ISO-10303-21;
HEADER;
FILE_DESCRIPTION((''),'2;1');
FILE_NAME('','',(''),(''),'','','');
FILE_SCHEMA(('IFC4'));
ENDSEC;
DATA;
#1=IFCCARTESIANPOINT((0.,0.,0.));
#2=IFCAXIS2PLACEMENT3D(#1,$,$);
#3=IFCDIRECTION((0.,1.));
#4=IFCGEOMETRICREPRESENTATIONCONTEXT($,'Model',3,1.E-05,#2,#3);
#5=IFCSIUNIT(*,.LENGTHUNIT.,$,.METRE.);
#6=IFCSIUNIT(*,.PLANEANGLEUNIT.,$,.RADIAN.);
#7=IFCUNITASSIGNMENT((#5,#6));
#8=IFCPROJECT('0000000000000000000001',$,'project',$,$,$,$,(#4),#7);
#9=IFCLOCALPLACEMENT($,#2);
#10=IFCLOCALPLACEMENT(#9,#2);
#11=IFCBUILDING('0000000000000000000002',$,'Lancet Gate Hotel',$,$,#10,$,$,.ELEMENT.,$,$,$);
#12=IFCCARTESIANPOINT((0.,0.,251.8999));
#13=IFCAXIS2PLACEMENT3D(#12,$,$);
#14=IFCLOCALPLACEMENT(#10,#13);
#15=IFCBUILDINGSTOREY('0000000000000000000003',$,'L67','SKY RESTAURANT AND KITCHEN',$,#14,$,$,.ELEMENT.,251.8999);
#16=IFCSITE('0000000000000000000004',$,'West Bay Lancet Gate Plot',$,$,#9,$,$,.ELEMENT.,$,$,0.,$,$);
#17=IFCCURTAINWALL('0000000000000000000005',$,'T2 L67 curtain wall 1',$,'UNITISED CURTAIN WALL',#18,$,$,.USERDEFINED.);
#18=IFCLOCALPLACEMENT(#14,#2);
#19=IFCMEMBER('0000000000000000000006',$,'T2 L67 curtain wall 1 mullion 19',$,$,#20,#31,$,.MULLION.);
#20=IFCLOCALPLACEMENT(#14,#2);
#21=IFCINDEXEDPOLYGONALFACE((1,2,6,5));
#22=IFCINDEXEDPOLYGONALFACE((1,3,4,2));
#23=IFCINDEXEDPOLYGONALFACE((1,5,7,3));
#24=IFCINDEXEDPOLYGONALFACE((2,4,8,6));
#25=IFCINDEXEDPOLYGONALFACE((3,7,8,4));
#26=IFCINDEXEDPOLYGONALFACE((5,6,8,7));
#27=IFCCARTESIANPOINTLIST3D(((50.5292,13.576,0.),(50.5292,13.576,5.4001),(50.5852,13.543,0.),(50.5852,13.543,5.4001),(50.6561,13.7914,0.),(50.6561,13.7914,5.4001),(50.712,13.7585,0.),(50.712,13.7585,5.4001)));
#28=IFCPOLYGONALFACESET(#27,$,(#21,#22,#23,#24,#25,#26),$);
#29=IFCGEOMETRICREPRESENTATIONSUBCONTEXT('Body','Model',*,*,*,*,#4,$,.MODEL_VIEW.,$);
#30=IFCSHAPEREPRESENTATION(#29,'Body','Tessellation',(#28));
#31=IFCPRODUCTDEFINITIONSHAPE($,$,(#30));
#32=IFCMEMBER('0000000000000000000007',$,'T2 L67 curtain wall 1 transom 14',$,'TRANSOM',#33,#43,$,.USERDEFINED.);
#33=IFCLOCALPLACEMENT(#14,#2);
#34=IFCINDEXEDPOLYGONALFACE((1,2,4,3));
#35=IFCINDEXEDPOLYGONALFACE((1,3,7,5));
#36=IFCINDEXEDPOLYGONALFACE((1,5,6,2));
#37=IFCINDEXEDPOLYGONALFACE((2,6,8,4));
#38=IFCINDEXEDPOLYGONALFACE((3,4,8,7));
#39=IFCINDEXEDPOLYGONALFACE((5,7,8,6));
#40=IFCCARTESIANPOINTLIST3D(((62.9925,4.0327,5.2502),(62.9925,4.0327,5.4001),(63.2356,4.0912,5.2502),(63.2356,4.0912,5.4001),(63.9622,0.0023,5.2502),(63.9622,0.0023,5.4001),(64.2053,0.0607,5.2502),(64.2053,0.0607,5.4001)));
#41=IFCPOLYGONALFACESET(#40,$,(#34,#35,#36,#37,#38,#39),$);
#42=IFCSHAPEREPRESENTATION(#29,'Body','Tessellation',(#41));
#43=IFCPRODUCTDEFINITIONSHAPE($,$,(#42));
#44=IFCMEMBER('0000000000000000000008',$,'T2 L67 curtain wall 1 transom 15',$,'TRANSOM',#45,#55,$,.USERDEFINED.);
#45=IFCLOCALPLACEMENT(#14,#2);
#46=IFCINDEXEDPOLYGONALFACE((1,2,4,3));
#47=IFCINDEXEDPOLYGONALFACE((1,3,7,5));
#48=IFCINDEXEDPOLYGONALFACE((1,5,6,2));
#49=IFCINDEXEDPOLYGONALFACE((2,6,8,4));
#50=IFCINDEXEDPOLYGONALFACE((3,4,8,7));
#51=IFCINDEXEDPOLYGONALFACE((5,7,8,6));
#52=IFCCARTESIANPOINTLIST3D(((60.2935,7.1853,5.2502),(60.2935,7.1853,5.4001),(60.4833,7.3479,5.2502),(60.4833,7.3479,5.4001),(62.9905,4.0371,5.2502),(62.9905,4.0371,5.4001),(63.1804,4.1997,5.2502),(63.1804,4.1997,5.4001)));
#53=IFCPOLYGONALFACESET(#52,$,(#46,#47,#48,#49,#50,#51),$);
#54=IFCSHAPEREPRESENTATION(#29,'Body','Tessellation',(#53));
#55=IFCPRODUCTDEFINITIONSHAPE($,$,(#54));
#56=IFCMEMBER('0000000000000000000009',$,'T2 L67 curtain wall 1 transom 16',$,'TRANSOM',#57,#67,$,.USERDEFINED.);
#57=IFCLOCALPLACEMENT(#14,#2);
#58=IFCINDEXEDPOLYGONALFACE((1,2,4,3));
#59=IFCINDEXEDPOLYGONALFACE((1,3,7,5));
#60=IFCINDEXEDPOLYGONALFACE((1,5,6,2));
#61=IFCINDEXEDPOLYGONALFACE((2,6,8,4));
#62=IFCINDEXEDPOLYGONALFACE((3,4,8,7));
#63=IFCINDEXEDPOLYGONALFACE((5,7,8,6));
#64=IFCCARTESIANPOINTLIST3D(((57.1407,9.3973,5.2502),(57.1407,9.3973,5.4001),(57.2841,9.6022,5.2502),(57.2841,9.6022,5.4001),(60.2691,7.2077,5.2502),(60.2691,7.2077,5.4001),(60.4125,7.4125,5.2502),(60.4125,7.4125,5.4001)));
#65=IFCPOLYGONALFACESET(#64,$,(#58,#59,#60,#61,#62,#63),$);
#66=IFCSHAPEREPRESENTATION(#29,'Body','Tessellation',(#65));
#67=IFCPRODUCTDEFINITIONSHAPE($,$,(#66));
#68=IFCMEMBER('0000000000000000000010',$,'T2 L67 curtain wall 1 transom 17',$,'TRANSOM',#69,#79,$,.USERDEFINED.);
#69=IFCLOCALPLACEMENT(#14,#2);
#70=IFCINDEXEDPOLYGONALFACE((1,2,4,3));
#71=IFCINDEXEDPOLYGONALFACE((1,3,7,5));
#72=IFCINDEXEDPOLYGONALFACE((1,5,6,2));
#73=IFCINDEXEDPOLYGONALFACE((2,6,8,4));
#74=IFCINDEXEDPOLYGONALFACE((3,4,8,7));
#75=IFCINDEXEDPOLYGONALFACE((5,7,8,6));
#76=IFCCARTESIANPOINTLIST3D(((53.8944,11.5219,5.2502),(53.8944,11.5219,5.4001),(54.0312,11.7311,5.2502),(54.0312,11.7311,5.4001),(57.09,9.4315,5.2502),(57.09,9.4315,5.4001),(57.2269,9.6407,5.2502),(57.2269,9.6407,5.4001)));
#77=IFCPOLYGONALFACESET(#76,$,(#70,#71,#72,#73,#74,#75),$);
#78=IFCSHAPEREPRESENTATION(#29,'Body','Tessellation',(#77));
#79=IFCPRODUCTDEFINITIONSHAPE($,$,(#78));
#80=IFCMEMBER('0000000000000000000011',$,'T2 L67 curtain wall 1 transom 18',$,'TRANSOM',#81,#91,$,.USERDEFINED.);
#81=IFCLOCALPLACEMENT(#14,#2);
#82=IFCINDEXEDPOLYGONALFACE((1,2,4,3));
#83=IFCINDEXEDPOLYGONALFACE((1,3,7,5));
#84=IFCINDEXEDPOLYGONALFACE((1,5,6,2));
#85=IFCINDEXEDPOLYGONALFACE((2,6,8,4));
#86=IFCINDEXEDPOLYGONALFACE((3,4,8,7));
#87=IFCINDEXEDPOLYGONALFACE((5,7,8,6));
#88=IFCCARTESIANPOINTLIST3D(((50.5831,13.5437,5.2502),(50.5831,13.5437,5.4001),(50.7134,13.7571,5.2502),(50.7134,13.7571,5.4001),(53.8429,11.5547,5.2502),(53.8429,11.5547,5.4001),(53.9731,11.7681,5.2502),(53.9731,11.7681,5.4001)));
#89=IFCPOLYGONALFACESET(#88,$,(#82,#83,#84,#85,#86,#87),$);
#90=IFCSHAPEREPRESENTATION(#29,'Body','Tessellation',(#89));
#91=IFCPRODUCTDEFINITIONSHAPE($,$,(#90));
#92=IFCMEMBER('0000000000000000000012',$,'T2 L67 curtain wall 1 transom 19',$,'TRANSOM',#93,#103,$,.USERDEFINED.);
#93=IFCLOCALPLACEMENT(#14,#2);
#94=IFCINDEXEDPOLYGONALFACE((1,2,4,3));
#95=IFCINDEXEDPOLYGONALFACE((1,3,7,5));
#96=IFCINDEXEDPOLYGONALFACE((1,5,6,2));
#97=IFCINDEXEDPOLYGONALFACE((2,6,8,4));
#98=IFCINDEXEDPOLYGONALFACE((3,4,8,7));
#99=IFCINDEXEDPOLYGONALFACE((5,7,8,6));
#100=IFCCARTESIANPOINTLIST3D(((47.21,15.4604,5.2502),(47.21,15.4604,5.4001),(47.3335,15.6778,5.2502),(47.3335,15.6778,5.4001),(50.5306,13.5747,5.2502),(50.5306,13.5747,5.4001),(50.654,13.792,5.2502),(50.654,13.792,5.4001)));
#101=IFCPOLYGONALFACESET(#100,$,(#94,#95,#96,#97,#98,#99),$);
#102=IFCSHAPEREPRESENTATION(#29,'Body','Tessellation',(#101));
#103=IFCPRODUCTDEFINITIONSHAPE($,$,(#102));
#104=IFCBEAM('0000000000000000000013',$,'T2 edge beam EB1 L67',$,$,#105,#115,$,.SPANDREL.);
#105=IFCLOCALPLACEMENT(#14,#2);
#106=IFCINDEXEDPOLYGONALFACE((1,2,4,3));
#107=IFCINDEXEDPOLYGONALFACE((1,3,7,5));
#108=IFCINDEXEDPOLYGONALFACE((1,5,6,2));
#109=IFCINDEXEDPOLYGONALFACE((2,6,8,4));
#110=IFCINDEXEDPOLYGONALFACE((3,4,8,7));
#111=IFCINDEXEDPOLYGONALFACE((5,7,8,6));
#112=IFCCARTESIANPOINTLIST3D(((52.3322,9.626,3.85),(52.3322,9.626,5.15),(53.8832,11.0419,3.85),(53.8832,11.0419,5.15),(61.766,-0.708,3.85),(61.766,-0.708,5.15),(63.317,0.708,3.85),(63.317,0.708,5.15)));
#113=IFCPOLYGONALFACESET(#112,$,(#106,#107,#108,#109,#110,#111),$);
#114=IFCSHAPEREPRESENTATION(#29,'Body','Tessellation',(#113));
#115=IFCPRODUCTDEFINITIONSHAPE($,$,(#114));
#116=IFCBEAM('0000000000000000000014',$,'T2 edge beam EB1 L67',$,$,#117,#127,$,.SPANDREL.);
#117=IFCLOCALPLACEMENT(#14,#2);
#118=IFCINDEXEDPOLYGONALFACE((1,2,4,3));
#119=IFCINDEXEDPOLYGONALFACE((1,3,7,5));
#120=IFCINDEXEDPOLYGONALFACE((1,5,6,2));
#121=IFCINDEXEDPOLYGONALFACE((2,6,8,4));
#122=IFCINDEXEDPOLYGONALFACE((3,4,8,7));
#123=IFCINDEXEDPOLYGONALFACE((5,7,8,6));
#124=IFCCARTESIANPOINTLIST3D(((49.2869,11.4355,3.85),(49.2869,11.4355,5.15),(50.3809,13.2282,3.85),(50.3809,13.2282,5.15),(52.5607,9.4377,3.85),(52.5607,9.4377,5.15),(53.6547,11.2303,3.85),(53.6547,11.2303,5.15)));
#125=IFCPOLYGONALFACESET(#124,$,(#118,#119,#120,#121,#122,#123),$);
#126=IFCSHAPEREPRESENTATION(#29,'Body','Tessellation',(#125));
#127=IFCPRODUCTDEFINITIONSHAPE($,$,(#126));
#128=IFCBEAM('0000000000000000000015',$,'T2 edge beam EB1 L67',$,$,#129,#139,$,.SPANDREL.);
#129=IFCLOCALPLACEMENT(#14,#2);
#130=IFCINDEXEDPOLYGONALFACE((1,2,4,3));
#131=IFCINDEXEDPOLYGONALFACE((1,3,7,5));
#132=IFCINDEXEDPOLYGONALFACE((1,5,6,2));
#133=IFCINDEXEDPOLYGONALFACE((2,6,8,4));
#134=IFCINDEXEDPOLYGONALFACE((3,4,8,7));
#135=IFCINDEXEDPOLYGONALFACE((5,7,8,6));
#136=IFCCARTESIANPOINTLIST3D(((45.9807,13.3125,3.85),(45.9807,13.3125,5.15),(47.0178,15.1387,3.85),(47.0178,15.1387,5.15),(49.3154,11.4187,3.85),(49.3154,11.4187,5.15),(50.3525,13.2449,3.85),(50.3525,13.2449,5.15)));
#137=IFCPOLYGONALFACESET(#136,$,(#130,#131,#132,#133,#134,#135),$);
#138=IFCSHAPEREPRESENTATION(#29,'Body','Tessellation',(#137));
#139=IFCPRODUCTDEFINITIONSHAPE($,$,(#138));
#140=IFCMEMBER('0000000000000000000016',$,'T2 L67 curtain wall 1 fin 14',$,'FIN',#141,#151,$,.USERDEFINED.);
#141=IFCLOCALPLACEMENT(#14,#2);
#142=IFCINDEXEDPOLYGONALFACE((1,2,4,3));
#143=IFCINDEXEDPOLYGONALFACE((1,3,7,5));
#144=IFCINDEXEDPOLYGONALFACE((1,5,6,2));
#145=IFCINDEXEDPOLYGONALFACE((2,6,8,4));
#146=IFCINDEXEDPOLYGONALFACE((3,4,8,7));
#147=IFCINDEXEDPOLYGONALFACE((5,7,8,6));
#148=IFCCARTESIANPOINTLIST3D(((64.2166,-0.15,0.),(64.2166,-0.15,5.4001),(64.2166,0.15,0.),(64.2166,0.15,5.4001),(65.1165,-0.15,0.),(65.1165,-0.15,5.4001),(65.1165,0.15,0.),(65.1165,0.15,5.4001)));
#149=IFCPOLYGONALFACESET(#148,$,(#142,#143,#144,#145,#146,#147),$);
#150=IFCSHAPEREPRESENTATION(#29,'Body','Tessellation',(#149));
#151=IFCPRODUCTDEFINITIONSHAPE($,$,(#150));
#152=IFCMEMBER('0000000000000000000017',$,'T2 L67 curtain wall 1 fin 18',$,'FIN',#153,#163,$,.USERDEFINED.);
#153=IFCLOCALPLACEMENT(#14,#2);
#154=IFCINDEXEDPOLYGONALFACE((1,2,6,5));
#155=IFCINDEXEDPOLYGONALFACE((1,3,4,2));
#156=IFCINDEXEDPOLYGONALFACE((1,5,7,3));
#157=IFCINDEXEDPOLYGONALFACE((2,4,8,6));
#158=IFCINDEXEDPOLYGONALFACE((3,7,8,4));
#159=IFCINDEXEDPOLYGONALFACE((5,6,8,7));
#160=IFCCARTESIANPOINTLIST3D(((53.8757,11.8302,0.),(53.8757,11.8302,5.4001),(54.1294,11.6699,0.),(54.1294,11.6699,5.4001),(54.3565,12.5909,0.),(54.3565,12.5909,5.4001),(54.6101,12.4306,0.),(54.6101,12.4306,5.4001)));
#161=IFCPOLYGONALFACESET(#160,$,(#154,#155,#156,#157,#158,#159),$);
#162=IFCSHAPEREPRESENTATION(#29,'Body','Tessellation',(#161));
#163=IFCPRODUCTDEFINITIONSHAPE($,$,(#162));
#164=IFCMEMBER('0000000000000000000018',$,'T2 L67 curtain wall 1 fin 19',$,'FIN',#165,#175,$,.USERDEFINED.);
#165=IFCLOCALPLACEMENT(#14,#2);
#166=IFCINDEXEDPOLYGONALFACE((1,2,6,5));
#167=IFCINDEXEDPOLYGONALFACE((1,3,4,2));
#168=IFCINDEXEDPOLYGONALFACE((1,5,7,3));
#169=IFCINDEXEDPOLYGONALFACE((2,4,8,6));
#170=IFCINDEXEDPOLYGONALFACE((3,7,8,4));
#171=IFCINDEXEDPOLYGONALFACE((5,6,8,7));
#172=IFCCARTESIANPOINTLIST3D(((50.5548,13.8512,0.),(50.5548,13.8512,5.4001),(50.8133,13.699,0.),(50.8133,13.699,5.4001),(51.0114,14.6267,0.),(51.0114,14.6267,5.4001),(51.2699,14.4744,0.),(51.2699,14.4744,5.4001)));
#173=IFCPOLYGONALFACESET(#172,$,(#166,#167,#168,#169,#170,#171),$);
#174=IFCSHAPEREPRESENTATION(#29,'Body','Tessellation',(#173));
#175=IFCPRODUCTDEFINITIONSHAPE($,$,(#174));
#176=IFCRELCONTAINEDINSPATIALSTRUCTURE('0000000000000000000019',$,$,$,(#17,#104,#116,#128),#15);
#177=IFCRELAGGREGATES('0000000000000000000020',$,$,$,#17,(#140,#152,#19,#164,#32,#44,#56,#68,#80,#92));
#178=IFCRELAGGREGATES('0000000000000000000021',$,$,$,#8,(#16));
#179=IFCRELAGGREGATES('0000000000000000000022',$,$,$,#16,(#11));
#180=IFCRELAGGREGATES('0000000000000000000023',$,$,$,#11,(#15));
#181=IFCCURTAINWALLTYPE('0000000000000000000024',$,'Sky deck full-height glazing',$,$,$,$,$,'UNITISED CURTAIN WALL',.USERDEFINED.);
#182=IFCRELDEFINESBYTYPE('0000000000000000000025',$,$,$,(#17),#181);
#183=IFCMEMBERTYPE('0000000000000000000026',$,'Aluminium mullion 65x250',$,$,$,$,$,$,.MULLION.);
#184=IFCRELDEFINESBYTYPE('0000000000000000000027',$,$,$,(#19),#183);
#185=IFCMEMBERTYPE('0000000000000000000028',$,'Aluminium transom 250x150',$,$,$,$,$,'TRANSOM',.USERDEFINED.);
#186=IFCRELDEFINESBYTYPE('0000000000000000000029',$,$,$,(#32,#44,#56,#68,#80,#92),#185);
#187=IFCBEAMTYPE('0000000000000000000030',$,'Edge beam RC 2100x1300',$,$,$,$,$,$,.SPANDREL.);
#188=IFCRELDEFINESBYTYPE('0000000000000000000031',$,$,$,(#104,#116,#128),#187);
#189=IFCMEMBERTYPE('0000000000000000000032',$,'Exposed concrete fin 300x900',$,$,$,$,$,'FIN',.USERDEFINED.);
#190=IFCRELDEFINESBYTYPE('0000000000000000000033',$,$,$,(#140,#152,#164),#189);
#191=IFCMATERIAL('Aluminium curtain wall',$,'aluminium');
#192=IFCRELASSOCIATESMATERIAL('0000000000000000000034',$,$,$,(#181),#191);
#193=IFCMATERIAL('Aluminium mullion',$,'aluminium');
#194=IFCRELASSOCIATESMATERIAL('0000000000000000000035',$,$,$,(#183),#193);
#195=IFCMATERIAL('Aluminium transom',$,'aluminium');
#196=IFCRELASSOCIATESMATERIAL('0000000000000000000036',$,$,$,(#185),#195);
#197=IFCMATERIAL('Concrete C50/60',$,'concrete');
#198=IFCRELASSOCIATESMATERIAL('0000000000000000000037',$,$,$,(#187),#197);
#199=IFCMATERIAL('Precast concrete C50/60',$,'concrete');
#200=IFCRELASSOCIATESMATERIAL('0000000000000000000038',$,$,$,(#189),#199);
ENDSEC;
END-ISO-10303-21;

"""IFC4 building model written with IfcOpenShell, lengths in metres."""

from ifc_helpers import new_model, si_unit, direction, frame, origin, origin_2d, place, context, subcontext, project, spatial, rectangle, extrude, material, material_profile, profile_set, type_object, element, aggregate, save


model = new_model("IFC4")

# Units and contexts
model_context = context("Model", 3, precision=1e-05, world=origin(), true_north=direction((0.0, 1.0)))
body_context = subcontext(model_context, "Body", "Model", "MODEL_VIEW")
ifc_project = project(units=[si_unit("LENGTHUNIT", "METRE"), si_unit("PLANEANGLEUNIT", "RADIAN")], contexts=[model_context])

# Site, building, storey
site_placement = place(None, origin())
site = spatial("IfcSite", under=ifc_project, at=site_placement, Name="West Bay Lancet Gate Plot", CompositionType="ELEMENT", RefElevation=0.0)
building_placement = place(site_placement, origin())
building = spatial("IfcBuilding", under=site, at=building_placement, Name="Lancet Gate Hotel", CompositionType="ELEMENT")
storey_placement = place(building_placement, frame((0.0, 0.0, 251.8999)))
storey = spatial("IfcBuildingStorey", under=building, at=storey_placement, Name="L67", Description="SKY RESTAURANT AND KITCHEN", CompositionType="ELEMENT", Elevation=251.8999)

# Curtain wall, members
ifc_material_1 = material(Name="Aluminium curtain wall", Category="aluminium")
curtain_wall_type = type_object("IfcCurtainWallType", Name="Sky deck full-height glazing", ElementType="UNITISED CURTAIN WALL", PredefinedType="USERDEFINED", material=ifc_material_1)
curtain_wall_placement = place(storey_placement, origin())
curtain_wall = element("IfcCurtainWall", 1, at=curtain_wall_placement, inside=storey, type_object=curtain_wall_type, Name="T2 L67 curtain wall 1", ObjectType="UNITISED CURTAIN WALL", PredefinedType="USERDEFINED")
ifc_material_2 = material(Name="Aluminium mullion", Category="aluminium")
ifc_material_profile_1 = material_profile(ifc_material_2, rectangle(XDim=0.0649, YDim=0.25, at=origin_2d()), Name="MULLION 65x250")
ifc_profile_set_1 = profile_set([ifc_material_profile_1], Name="Aluminium mullion")
member_type_1 = type_object("IfcMemberType", Name="Aluminium mullion 65x250", PredefinedType="MULLION", material=ifc_profile_set_1)
member_1_placement = place(storey_placement, frame((50.6206, 13.6672, 0.0), z_axis=(0.0, 0.0, 1.0), x_axis=(-0.861692, 0.507432, 0.0)))
member_1 = element("IfcMember", 2, at=member_1_placement, type_object=member_type_1, Name="T2 L67 curtain wall 1 mullion 19", PredefinedType="MULLION", context=body_context, shape_type="SweptSolid", body=[
    extrude(rectangle(XDim=0.0649, YDim=0.25, at=origin_2d()), origin(), (0.0, 0.0, 1.0), 5.4001),
])
ifc_material_3 = material(Name="Aluminium transom", Category="aluminium")
ifc_material_profile_2 = material_profile(ifc_material_3, rectangle(XDim=0.25, YDim=0.1499, at=origin_2d()), Name="TRANSOM 250x150")
ifc_profile_set_2 = profile_set([ifc_material_profile_2], Name="Aluminium transom")
member_type_2 = type_object("IfcMemberType", Name="Aluminium transom 250x150", ElementType="TRANSOM", PredefinedType="USERDEFINED", material=ifc_profile_set_2)
member_2_placement = place(storey_placement, frame((64.0837, 0.0315, 5.3252), z_axis=(-0.233921, 0.972256, 0.0), x_axis=(-0.972256, -0.233921, 0.0)))
member_2 = element("IfcMember", 3, at=member_2_placement, type_object=member_type_2, Name="T2 L67 curtain wall 1 transom 14", ObjectType="TRANSOM", PredefinedType="USERDEFINED", context=body_context, shape_type="SweptSolid", body=[
    extrude(rectangle(XDim=0.25, YDim=0.1499, at=origin_2d()), origin(), (0.0, 0.0, 1.0), 4.1455),
])
member_3_placement = place(storey_placement, frame((63.0854, 4.1184, 5.3252), z_axis=(-0.650593, 0.759427, 0.0), x_axis=(-0.759427, -0.650593, 0.0)))
member_3 = element("IfcMember", 4, at=member_3_placement, type_object=member_type_2, Name="T2 L67 curtain wall 1 transom 15", ObjectType="TRANSOM", PredefinedType="USERDEFINED", context=body_context, shape_type="SweptSolid", body=[
    extrude(rectangle(XDim=0.25, YDim=0.1499, at=origin_2d()), origin(), (0.0, 0.0, 1.0), 4.1455),
])
member_4_placement = place(storey_placement, frame((60.3408, 7.3101, 5.3252), z_axis=(-0.819256, 0.573428, 0.0), x_axis=(-0.573428, -0.819256, 0.0)))
member_4 = element("IfcMember", 5, at=member_4_placement, type_object=member_type_2, Name="T2 L67 curtain wall 1 transom 16", ObjectType="TRANSOM", PredefinedType="USERDEFINED", context=body_context, shape_type="SweptSolid", body=[
    extrude(rectangle(XDim=0.25, YDim=0.1499, at=origin_2d()), origin(), (0.0, 0.0, 1.0), 3.8186),
])
member_5_placement = place(storey_placement, frame((57.1584, 9.5361, 5.3252), z_axis=(-0.836858, 0.54742, 0.0), x_axis=(-0.54742, -0.836858, 0.0)))
member_5 = element("IfcMember", 6, at=member_5_placement, type_object=member_type_2, Name="T2 L67 curtain wall 1 transom 17", ObjectType="TRANSOM", PredefinedType="USERDEFINED", context=body_context, shape_type="SweptSolid", body=[
    extrude(rectangle(XDim=0.25, YDim=0.1499, at=origin_2d()), origin(), (0.0, 0.0, 1.0), 3.8186),
])
member_6_placement = place(storey_placement, frame((53.908, 11.6614, 5.3252), z_axis=(-0.853639, 0.520865, 0.0), x_axis=(-0.520865, -0.853639, 0.0)))
member_6 = element("IfcMember", 7, at=member_6_placement, type_object=member_type_2, Name="T2 L67 curtain wall 1 transom 18", ObjectType="TRANSOM", PredefinedType="USERDEFINED", context=body_context, shape_type="SweptSolid", body=[
    extrude(rectangle(XDim=0.25, YDim=0.1499, at=origin_2d()), origin(), (0.0, 0.0, 1.0), 3.8186),
])
member_7_placement = place(storey_placement, frame((50.5923, 13.6833, 5.3252), z_axis=(-0.869562, 0.493824, 0.0), x_axis=(-0.493824, -0.869562, 0.0)))
member_7 = element("IfcMember", 8, at=member_7_placement, type_object=member_type_2, Name="T2 L67 curtain wall 1 transom 19", ObjectType="TRANSOM", PredefinedType="USERDEFINED", context=body_context, shape_type="SweptSolid", body=[
    extrude(rectangle(XDim=0.25, YDim=0.1499, at=origin_2d()), origin(), (0.0, 0.0, 1.0), 3.8186),
])

# Beams
ifc_material_4 = material(Name="Concrete C50/60", Category="concrete")
ifc_material_profile_3 = material_profile(ifc_material_4, rectangle(XDim=2.1001, YDim=1.3, at=origin_2d()), Name="RC 2100x1300")
ifc_profile_set_3 = profile_set([ifc_material_profile_3], Name="Concrete C50/60")
beam_type_1 = type_object("IfcBeamType", Name="Edge beam RC 2100x1300", PredefinedType="SPANDREL", material=ifc_profile_set_3)
beam_1_placement = place(storey_placement, frame((62.5415, 0.0, 4.5), z_axis=(-0.674209, 0.73854, 0.0), x_axis=(-0.73854, -0.674209, 0.0)))
element("IfcBeam", 9, at=beam_1_placement, inside=storey, type_object=beam_type_1, Name="T2 edge beam EB1 L67", PredefinedType="SPANDREL", context=body_context, shape_type="SweptSolid", body=[
    extrude(rectangle(XDim=2.1001, YDim=1.3, at=origin_2d()), origin(), (0.0, 0.0, 1.0), 13.9924),
])
beam_2_placement = place(storey_placement, frame((53.1077, 10.334, 4.5), z_axis=(-0.853604, 0.520922, 0.0), x_axis=(-0.520922, -0.853604, 0.0)))
element("IfcBeam", 10, at=beam_2_placement, inside=storey, type_object=beam_type_1, Name="T2 edge beam EB1 L67", PredefinedType="SPANDREL", context=body_context, shape_type="SweptSolid", body=[
    extrude(rectangle(XDim=2.1001, YDim=1.3, at=origin_2d()), origin(), (0.0, 0.0, 1.0), 3.8352),
])
beam_3_placement = place(storey_placement, frame((49.834, 12.3318, 4.5), z_axis=(-0.86956, 0.493827, 0.0), x_axis=(-0.493827, -0.86956, 0.0)))
element("IfcBeam", 11, at=beam_3_placement, inside=storey, type_object=beam_type_1, Name="T2 edge beam EB1 L67", PredefinedType="SPANDREL", context=body_context, shape_type="SweptSolid", body=[
    extrude(rectangle(XDim=2.1001, YDim=1.3, at=origin_2d()), origin(), (0.0, 0.0, 1.0), 3.835),
])

# Members
ifc_material_5 = material(Name="Precast concrete C50/60", Category="concrete")
ifc_material_profile_4 = material_profile(ifc_material_5, rectangle(XDim=0.3, YDim=0.8999, at=origin_2d()), Name="FIN 300x900")
ifc_profile_set_4 = profile_set([ifc_material_profile_4], Name="Precast concrete C50/60")
member_type_3 = type_object("IfcMemberType", Name="Exposed concrete fin 300x900", ElementType="FIN", PredefinedType="USERDEFINED", material=ifc_profile_set_4)
member_8_placement = place(storey_placement, frame((64.6665, 0.0, 0.0), z_axis=(0.0, 0.0, 1.0), x_axis=(0.0, 1.0, 0.0)))
member_8 = element("IfcMember", 12, at=member_8_placement, type_object=member_type_3, Name="T2 L67 curtain wall 1 fin 14", ObjectType="FIN", PredefinedType="USERDEFINED", context=body_context, shape_type="SweptSolid", body=[
    extrude(rectangle(XDim=0.3, YDim=0.8999, at=origin_2d()), origin(), (0.0, 0.0, 1.0), 5.4001),
])
member_9_placement = place(storey_placement, frame((54.2429, 12.1304, 0.0), z_axis=(0.0, 0.0, 1.0), x_axis=(-0.84534, 0.534229, 0.0)))
member_9 = element("IfcMember", 13, at=member_9_placement, type_object=member_type_3, Name="T2 L67 curtain wall 1 fin 18", ObjectType="FIN", PredefinedType="USERDEFINED", context=body_context, shape_type="SweptSolid", body=[
    extrude(rectangle(XDim=0.3, YDim=0.8999, at=origin_2d()), origin(), (0.0, 0.0, 1.0), 5.4001),
])
member_10_placement = place(storey_placement, frame((50.9124, 14.1628, 0.0), z_axis=(0.0, 0.0, 1.0), x_axis=(-0.861692, 0.507432, 0.0)))
member_10 = element("IfcMember", 14, at=member_10_placement, type_object=member_type_3, Name="T2 L67 curtain wall 1 fin 19", ObjectType="FIN", PredefinedType="USERDEFINED", context=body_context, shape_type="SweptSolid", body=[
    extrude(rectangle(XDim=0.3, YDim=0.8999, at=origin_2d()), origin(), (0.0, 0.0, 1.0), 5.4001),
])

aggregate(curtain_wall, [member_8, member_9, member_1, member_10, member_2, member_3, member_4, member_5, member_6, member_7])

save(model, "model.ifc")
